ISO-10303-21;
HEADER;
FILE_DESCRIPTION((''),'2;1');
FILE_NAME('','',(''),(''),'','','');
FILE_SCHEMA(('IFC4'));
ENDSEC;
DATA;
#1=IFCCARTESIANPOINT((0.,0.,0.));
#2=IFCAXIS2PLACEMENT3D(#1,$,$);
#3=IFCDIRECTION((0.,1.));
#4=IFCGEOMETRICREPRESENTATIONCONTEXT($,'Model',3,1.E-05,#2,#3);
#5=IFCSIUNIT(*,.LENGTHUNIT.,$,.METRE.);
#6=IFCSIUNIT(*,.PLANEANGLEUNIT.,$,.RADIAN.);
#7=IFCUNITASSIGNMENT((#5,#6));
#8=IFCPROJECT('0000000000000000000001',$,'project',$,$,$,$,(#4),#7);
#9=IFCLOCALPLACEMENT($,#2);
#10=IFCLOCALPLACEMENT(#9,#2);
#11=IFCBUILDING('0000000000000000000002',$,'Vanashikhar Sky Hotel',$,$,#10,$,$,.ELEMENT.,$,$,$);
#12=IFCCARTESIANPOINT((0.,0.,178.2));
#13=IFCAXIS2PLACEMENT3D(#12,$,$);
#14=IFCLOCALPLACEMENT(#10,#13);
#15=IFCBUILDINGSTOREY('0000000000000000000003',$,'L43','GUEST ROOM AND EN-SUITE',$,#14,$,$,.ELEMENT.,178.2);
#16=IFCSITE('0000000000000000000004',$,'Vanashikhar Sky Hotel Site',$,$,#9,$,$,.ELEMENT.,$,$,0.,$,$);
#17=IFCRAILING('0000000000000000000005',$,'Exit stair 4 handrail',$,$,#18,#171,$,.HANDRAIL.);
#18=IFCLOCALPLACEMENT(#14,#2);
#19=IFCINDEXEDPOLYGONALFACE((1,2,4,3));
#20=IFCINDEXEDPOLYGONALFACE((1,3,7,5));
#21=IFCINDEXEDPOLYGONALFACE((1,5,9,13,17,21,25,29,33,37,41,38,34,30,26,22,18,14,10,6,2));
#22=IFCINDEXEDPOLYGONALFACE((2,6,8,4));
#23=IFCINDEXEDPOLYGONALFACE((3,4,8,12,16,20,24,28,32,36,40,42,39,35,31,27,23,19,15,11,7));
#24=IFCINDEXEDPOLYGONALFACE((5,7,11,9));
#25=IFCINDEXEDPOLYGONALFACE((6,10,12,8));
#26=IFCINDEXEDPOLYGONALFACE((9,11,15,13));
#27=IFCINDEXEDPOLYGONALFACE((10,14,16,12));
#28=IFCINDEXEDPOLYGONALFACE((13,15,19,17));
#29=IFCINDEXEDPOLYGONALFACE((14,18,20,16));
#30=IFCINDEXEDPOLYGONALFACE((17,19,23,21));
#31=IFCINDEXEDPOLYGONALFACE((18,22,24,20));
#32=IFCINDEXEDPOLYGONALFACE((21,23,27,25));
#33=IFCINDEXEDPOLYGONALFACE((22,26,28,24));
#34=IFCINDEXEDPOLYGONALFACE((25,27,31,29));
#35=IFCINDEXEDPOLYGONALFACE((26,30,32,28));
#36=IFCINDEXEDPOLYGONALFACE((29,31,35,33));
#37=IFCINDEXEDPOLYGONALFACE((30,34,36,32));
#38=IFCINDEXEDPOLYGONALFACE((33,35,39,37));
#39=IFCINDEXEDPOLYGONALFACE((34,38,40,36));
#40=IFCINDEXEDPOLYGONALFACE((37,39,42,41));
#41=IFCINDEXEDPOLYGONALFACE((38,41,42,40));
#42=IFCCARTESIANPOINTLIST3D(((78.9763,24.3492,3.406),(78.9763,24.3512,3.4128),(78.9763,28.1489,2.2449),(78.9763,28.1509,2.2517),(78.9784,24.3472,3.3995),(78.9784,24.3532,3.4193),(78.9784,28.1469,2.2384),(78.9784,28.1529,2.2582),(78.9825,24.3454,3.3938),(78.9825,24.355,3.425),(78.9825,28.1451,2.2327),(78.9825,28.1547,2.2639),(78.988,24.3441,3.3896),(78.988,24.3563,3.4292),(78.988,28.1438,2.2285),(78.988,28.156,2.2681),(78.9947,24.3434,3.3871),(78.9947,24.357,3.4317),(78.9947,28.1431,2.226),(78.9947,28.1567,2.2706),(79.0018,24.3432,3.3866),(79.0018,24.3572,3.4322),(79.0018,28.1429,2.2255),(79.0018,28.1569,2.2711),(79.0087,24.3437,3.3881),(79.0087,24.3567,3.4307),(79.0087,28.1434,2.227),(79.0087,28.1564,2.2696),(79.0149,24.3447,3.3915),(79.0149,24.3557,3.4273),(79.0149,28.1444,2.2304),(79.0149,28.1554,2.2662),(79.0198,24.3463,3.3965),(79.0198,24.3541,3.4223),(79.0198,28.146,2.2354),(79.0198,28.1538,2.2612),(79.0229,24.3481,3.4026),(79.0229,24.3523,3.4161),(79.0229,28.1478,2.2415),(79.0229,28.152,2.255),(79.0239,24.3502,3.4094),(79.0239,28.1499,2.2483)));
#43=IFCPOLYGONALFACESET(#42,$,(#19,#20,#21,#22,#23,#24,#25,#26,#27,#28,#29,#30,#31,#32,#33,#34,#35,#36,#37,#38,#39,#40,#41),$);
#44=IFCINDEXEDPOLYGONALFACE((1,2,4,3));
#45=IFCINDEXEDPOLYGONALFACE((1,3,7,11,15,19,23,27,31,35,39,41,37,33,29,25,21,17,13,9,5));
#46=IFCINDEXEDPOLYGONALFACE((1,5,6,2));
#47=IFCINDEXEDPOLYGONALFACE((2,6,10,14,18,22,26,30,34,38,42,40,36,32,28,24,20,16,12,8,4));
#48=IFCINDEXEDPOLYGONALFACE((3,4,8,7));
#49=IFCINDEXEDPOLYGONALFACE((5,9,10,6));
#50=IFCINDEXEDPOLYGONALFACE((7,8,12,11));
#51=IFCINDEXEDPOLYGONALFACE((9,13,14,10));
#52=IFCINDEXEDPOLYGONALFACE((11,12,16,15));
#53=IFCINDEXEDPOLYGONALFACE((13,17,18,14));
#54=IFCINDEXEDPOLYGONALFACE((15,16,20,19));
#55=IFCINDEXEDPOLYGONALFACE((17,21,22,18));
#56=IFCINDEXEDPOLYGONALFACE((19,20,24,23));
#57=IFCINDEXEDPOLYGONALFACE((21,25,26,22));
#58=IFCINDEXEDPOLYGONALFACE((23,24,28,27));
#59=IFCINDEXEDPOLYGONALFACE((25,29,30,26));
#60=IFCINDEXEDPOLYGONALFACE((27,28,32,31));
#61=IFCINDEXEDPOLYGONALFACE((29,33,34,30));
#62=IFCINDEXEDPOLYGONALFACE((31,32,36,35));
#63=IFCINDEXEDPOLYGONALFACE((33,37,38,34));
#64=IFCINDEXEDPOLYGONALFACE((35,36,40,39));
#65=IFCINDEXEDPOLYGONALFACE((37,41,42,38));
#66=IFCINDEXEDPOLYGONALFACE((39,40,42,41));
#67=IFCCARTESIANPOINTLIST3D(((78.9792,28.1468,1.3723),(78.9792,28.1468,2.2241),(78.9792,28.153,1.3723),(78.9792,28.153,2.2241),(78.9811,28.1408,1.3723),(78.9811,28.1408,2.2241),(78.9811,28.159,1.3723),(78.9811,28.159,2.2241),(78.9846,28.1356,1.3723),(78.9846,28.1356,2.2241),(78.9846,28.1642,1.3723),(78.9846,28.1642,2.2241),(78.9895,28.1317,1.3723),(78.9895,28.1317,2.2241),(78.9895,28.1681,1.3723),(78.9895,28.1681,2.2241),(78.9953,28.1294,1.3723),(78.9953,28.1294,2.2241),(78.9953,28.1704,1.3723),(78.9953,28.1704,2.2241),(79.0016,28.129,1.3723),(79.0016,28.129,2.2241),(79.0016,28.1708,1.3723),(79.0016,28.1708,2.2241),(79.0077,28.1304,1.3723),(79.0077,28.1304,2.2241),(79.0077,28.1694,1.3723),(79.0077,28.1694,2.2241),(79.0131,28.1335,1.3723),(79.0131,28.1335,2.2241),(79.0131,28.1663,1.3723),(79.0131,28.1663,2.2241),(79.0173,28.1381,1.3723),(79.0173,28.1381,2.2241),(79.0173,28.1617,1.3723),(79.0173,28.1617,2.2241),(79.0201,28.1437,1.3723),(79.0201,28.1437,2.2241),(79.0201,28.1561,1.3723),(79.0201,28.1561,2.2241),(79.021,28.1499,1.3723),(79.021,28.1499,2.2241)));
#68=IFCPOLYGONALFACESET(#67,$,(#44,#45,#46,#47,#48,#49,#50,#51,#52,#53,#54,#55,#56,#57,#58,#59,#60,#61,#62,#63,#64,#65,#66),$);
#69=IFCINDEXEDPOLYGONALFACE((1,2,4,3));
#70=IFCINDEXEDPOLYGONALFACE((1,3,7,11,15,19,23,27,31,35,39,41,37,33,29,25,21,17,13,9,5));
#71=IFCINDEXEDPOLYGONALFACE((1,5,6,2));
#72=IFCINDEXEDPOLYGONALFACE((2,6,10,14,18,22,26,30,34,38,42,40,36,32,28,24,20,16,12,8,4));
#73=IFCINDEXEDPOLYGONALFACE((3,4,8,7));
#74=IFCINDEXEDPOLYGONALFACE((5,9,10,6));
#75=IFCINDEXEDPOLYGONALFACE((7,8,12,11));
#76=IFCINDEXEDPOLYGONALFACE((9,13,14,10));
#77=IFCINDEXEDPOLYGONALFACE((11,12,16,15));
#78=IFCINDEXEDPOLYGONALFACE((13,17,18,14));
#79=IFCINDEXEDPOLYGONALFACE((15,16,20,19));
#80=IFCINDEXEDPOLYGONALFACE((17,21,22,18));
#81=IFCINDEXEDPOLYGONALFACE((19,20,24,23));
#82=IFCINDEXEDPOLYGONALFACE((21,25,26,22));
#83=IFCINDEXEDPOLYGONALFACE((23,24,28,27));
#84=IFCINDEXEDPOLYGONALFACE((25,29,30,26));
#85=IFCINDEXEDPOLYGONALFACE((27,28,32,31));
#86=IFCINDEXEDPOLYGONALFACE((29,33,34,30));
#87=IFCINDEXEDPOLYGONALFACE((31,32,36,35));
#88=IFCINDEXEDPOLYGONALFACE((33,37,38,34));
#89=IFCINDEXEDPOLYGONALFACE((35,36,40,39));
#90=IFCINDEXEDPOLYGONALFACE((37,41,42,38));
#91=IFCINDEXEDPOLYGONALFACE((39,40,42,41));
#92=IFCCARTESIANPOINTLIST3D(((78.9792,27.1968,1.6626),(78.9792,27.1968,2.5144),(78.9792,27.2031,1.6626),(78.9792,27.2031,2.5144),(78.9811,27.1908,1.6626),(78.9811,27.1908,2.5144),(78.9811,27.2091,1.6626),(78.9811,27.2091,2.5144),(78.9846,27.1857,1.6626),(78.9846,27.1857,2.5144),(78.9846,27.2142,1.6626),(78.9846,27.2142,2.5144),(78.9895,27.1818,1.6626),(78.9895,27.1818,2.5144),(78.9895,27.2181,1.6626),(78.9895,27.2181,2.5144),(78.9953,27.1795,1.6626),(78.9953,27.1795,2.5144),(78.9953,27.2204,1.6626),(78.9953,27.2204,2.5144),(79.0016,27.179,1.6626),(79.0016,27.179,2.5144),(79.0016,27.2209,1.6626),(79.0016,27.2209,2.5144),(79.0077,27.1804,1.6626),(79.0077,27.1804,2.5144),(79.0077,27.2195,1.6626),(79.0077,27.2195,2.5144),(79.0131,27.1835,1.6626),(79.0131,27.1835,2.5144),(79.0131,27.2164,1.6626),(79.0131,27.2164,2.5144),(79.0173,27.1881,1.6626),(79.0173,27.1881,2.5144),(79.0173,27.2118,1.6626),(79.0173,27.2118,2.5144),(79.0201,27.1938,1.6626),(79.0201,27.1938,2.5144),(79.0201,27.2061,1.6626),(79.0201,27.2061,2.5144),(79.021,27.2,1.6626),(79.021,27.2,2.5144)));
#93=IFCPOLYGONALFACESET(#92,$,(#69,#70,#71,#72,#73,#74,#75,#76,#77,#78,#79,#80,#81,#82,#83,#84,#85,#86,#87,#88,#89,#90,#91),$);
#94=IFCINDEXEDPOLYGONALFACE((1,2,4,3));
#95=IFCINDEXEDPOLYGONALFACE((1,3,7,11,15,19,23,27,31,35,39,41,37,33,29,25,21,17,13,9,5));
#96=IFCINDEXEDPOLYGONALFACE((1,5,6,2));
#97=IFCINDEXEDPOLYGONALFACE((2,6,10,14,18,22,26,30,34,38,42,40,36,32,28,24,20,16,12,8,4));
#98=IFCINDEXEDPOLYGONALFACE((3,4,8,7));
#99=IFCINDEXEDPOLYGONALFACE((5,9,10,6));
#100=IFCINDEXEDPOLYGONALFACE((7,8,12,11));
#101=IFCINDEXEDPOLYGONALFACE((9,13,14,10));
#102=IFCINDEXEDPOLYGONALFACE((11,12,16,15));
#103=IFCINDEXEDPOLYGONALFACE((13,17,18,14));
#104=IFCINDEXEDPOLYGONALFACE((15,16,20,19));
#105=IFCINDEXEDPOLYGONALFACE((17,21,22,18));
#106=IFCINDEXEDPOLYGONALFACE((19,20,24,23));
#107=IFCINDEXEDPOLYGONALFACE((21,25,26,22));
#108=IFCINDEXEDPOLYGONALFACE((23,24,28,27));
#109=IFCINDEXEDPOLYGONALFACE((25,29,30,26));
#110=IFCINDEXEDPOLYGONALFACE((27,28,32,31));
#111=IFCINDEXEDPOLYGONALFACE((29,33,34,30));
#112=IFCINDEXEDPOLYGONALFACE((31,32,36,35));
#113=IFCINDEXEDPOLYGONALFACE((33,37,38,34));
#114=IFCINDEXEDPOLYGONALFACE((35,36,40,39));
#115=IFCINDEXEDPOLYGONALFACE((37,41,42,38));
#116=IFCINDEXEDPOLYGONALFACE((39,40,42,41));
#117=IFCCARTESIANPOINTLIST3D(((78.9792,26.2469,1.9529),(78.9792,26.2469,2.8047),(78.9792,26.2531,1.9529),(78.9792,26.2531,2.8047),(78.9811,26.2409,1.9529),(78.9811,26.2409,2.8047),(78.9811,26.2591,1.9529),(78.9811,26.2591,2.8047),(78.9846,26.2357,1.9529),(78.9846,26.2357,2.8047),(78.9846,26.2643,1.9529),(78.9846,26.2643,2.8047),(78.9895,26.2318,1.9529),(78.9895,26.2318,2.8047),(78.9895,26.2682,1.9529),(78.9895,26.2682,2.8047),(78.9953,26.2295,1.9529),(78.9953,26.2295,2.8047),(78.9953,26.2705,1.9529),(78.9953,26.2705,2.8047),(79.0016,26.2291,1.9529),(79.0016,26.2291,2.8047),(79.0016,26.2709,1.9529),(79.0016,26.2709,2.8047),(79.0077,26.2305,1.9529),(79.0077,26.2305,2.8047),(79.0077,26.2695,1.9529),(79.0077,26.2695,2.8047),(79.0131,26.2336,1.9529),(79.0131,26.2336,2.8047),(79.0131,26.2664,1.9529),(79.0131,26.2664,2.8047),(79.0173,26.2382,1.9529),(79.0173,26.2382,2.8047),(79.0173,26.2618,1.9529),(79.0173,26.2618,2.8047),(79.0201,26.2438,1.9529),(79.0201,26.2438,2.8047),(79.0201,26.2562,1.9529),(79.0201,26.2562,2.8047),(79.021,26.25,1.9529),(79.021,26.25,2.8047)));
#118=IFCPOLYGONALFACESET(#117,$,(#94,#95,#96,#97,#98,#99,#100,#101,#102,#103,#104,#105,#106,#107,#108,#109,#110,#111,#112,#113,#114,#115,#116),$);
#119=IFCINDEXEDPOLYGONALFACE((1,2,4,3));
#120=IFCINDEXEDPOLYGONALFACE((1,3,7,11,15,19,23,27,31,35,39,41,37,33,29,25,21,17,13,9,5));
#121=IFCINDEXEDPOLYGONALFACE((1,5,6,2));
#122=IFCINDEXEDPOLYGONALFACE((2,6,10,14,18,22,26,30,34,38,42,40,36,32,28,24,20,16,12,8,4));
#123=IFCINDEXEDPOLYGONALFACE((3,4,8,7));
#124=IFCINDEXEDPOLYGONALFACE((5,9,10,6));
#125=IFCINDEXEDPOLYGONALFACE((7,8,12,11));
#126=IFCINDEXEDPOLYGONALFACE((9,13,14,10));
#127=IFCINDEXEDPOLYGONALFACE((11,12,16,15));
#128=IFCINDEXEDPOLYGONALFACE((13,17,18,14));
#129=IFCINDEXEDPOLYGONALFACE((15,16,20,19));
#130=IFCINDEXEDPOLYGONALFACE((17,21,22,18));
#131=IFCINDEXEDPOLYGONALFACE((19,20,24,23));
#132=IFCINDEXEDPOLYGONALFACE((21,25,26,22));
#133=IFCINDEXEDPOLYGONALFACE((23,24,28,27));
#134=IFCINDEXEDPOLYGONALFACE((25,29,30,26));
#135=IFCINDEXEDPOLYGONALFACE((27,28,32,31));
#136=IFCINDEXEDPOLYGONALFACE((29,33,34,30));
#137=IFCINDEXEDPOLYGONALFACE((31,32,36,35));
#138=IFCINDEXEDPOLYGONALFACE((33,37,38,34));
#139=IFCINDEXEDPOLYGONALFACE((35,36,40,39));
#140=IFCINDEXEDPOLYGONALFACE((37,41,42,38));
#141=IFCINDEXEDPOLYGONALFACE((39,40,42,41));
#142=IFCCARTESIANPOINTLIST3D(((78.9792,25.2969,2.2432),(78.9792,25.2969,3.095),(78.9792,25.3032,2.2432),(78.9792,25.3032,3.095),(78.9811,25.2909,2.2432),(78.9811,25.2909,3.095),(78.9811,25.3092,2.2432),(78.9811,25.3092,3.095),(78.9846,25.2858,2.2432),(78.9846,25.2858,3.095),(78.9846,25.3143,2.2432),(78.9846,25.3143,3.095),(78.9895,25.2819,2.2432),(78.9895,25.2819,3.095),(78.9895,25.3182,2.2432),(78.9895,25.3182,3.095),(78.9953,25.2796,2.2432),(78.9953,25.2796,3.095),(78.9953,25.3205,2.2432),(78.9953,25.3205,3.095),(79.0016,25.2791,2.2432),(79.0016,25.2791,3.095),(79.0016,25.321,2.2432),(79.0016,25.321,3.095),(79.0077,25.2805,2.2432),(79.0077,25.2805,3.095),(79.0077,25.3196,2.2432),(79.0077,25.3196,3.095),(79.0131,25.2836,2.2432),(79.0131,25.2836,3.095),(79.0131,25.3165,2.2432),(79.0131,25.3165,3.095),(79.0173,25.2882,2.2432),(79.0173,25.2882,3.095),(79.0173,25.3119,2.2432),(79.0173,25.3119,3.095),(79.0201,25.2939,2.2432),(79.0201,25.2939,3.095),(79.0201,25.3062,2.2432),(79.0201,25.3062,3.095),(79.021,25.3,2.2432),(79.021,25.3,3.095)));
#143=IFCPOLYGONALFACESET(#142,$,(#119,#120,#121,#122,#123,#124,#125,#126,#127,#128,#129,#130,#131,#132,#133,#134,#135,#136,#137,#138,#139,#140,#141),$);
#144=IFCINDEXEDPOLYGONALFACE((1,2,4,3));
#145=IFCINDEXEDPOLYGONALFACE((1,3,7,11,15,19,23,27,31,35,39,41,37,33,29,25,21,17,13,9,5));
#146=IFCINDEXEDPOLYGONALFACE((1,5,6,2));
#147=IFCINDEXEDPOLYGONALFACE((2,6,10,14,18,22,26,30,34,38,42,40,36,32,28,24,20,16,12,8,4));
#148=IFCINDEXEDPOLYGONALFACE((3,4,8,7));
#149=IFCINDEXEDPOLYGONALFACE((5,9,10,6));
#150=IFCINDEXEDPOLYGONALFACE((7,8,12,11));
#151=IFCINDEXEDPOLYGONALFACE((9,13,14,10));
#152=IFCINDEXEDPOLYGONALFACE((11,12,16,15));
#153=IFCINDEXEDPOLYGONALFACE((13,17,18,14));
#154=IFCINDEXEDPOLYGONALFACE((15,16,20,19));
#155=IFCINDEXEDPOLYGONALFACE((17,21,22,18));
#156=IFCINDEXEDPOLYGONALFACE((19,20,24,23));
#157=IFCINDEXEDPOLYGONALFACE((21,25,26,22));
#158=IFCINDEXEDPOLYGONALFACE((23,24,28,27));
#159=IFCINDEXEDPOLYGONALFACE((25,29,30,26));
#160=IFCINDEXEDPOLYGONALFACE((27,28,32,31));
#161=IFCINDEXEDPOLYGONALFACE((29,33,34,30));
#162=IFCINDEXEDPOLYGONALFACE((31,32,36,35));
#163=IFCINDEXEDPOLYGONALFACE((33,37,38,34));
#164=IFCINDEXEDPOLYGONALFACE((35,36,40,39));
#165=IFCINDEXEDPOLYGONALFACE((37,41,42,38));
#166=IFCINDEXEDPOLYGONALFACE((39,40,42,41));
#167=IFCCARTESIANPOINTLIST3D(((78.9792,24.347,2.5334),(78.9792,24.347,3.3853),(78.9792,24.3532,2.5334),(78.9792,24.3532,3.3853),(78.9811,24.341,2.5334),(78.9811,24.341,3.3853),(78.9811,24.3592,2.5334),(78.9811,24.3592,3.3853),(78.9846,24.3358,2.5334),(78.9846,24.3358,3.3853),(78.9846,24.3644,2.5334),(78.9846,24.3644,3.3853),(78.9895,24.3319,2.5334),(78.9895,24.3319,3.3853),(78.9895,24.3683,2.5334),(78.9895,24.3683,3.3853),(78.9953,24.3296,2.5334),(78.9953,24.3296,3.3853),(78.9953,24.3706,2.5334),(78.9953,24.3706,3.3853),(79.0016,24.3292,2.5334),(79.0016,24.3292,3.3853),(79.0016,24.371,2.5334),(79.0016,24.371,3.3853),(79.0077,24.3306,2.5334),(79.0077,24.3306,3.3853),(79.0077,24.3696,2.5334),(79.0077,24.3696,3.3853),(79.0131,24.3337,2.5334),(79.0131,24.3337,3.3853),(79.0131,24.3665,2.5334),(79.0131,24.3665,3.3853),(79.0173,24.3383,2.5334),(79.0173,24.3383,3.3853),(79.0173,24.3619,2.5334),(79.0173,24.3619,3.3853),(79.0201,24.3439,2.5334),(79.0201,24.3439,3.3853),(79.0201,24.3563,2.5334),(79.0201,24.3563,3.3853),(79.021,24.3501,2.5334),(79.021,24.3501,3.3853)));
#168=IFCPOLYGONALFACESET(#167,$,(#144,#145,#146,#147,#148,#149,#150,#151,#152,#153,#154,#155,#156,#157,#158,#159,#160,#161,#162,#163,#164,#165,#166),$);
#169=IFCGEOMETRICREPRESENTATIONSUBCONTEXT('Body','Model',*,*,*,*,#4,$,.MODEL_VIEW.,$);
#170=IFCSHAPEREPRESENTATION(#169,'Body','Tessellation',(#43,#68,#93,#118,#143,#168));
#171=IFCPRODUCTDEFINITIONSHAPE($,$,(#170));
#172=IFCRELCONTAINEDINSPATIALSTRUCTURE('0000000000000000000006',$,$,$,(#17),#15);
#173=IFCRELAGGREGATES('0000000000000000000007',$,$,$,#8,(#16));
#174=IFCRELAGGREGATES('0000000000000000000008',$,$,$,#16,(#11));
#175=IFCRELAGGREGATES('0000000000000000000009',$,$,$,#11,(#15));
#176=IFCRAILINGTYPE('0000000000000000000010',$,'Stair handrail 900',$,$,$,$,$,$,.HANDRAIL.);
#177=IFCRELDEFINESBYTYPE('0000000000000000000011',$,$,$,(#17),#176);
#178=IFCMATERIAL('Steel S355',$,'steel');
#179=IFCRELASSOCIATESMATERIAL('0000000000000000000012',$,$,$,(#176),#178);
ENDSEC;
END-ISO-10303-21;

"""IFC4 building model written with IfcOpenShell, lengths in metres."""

from ifc_helpers import new_model, si_unit, direction, frame, origin, origin_2d, place, context, subcontext, project, spatial, circle, extrude, source, transform, mapped, material, type_object, element, save


model = new_model("IFC4")

# Units and contexts
model_context = context("Model", 3, precision=1e-05, world=origin(), true_north=direction((0.0, 1.0)))
body_context = subcontext(model_context, "Body", "Model", "MODEL_VIEW")
ifc_project = project(units=[si_unit("LENGTHUNIT", "METRE"), si_unit("PLANEANGLEUNIT", "RADIAN")], contexts=[model_context])

# Site, building, storey
site_placement = place(None, origin())
site = spatial("IfcSite", under=ifc_project, at=site_placement, Name="Vanashikhar Sky Hotel Site", CompositionType="ELEMENT", RefElevation=0.0)
building_placement = place(site_placement, origin())
building = spatial("IfcBuilding", under=site, at=building_placement, Name="Vanashikhar Sky Hotel", CompositionType="ELEMENT")
storey_placement = place(building_placement, frame((0.0, 0.0, 178.2)))
storey = spatial("IfcBuildingStorey", under=building, at=storey_placement, Name="L43", Description="GUEST ROOM AND EN-SUITE", CompositionType="ELEMENT", Elevation=178.2)

# Railing
ifc_material_1 = material(Name="Steel S355", Category="steel")
railing_type_1 = type_object("IfcRailingType", Name="Stair handrail 900", PredefinedType="HANDRAIL", material=ifc_material_1)
shared_shape_1 = source(origin(), body_context, "Body", "SweptSolid", [
    extrude(circle(Radius=0.0239, at=origin_2d()), frame((0.0, 0.0, 0.876), z_axis=(0.0, -0.956346, 0.292237), x_axis=(1.0, 0.0, 0.0)), (0.0, 0.0, 1.0), 3.9731),
    extrude(circle(Radius=0.021, at=origin_2d()), origin(), (0.0, 0.0, 1.0), 0.8518),
    extrude(circle(Radius=0.021, at=origin_2d()), frame((0.0, -0.95, 0.2903)), (0.0, 0.0, 1.0), 0.8518),
    extrude(circle(Radius=0.021, at=origin_2d()), frame((0.0, -1.8999, 0.5806)), (0.0, 0.0, 1.0), 0.8518),
    extrude(circle(Radius=0.021, at=origin_2d()), frame((0.0, -2.8499, 0.8708)), (0.0, 0.0, 1.0), 0.8518),
    extrude(circle(Radius=0.021, at=origin_2d()), frame((0.0, -3.7998, 1.1611)), (0.0, 0.0, 1.0), 0.8518),
])
railing_1_placement = place(storey_placement, frame((79.0, 28.1499, 1.3723)))
element("IfcRailing", 1, at=railing_1_placement, inside=storey, type_object=railing_type_1, Name="Exit stair 4 handrail", PredefinedType="HANDRAIL", context=body_context, shape_type="MappedRepresentation", body=[
    mapped(shared_shape_1, transform((0.0, 0.0, 0.0), scale=1.0)),
])

save(model, "model.ifc")
